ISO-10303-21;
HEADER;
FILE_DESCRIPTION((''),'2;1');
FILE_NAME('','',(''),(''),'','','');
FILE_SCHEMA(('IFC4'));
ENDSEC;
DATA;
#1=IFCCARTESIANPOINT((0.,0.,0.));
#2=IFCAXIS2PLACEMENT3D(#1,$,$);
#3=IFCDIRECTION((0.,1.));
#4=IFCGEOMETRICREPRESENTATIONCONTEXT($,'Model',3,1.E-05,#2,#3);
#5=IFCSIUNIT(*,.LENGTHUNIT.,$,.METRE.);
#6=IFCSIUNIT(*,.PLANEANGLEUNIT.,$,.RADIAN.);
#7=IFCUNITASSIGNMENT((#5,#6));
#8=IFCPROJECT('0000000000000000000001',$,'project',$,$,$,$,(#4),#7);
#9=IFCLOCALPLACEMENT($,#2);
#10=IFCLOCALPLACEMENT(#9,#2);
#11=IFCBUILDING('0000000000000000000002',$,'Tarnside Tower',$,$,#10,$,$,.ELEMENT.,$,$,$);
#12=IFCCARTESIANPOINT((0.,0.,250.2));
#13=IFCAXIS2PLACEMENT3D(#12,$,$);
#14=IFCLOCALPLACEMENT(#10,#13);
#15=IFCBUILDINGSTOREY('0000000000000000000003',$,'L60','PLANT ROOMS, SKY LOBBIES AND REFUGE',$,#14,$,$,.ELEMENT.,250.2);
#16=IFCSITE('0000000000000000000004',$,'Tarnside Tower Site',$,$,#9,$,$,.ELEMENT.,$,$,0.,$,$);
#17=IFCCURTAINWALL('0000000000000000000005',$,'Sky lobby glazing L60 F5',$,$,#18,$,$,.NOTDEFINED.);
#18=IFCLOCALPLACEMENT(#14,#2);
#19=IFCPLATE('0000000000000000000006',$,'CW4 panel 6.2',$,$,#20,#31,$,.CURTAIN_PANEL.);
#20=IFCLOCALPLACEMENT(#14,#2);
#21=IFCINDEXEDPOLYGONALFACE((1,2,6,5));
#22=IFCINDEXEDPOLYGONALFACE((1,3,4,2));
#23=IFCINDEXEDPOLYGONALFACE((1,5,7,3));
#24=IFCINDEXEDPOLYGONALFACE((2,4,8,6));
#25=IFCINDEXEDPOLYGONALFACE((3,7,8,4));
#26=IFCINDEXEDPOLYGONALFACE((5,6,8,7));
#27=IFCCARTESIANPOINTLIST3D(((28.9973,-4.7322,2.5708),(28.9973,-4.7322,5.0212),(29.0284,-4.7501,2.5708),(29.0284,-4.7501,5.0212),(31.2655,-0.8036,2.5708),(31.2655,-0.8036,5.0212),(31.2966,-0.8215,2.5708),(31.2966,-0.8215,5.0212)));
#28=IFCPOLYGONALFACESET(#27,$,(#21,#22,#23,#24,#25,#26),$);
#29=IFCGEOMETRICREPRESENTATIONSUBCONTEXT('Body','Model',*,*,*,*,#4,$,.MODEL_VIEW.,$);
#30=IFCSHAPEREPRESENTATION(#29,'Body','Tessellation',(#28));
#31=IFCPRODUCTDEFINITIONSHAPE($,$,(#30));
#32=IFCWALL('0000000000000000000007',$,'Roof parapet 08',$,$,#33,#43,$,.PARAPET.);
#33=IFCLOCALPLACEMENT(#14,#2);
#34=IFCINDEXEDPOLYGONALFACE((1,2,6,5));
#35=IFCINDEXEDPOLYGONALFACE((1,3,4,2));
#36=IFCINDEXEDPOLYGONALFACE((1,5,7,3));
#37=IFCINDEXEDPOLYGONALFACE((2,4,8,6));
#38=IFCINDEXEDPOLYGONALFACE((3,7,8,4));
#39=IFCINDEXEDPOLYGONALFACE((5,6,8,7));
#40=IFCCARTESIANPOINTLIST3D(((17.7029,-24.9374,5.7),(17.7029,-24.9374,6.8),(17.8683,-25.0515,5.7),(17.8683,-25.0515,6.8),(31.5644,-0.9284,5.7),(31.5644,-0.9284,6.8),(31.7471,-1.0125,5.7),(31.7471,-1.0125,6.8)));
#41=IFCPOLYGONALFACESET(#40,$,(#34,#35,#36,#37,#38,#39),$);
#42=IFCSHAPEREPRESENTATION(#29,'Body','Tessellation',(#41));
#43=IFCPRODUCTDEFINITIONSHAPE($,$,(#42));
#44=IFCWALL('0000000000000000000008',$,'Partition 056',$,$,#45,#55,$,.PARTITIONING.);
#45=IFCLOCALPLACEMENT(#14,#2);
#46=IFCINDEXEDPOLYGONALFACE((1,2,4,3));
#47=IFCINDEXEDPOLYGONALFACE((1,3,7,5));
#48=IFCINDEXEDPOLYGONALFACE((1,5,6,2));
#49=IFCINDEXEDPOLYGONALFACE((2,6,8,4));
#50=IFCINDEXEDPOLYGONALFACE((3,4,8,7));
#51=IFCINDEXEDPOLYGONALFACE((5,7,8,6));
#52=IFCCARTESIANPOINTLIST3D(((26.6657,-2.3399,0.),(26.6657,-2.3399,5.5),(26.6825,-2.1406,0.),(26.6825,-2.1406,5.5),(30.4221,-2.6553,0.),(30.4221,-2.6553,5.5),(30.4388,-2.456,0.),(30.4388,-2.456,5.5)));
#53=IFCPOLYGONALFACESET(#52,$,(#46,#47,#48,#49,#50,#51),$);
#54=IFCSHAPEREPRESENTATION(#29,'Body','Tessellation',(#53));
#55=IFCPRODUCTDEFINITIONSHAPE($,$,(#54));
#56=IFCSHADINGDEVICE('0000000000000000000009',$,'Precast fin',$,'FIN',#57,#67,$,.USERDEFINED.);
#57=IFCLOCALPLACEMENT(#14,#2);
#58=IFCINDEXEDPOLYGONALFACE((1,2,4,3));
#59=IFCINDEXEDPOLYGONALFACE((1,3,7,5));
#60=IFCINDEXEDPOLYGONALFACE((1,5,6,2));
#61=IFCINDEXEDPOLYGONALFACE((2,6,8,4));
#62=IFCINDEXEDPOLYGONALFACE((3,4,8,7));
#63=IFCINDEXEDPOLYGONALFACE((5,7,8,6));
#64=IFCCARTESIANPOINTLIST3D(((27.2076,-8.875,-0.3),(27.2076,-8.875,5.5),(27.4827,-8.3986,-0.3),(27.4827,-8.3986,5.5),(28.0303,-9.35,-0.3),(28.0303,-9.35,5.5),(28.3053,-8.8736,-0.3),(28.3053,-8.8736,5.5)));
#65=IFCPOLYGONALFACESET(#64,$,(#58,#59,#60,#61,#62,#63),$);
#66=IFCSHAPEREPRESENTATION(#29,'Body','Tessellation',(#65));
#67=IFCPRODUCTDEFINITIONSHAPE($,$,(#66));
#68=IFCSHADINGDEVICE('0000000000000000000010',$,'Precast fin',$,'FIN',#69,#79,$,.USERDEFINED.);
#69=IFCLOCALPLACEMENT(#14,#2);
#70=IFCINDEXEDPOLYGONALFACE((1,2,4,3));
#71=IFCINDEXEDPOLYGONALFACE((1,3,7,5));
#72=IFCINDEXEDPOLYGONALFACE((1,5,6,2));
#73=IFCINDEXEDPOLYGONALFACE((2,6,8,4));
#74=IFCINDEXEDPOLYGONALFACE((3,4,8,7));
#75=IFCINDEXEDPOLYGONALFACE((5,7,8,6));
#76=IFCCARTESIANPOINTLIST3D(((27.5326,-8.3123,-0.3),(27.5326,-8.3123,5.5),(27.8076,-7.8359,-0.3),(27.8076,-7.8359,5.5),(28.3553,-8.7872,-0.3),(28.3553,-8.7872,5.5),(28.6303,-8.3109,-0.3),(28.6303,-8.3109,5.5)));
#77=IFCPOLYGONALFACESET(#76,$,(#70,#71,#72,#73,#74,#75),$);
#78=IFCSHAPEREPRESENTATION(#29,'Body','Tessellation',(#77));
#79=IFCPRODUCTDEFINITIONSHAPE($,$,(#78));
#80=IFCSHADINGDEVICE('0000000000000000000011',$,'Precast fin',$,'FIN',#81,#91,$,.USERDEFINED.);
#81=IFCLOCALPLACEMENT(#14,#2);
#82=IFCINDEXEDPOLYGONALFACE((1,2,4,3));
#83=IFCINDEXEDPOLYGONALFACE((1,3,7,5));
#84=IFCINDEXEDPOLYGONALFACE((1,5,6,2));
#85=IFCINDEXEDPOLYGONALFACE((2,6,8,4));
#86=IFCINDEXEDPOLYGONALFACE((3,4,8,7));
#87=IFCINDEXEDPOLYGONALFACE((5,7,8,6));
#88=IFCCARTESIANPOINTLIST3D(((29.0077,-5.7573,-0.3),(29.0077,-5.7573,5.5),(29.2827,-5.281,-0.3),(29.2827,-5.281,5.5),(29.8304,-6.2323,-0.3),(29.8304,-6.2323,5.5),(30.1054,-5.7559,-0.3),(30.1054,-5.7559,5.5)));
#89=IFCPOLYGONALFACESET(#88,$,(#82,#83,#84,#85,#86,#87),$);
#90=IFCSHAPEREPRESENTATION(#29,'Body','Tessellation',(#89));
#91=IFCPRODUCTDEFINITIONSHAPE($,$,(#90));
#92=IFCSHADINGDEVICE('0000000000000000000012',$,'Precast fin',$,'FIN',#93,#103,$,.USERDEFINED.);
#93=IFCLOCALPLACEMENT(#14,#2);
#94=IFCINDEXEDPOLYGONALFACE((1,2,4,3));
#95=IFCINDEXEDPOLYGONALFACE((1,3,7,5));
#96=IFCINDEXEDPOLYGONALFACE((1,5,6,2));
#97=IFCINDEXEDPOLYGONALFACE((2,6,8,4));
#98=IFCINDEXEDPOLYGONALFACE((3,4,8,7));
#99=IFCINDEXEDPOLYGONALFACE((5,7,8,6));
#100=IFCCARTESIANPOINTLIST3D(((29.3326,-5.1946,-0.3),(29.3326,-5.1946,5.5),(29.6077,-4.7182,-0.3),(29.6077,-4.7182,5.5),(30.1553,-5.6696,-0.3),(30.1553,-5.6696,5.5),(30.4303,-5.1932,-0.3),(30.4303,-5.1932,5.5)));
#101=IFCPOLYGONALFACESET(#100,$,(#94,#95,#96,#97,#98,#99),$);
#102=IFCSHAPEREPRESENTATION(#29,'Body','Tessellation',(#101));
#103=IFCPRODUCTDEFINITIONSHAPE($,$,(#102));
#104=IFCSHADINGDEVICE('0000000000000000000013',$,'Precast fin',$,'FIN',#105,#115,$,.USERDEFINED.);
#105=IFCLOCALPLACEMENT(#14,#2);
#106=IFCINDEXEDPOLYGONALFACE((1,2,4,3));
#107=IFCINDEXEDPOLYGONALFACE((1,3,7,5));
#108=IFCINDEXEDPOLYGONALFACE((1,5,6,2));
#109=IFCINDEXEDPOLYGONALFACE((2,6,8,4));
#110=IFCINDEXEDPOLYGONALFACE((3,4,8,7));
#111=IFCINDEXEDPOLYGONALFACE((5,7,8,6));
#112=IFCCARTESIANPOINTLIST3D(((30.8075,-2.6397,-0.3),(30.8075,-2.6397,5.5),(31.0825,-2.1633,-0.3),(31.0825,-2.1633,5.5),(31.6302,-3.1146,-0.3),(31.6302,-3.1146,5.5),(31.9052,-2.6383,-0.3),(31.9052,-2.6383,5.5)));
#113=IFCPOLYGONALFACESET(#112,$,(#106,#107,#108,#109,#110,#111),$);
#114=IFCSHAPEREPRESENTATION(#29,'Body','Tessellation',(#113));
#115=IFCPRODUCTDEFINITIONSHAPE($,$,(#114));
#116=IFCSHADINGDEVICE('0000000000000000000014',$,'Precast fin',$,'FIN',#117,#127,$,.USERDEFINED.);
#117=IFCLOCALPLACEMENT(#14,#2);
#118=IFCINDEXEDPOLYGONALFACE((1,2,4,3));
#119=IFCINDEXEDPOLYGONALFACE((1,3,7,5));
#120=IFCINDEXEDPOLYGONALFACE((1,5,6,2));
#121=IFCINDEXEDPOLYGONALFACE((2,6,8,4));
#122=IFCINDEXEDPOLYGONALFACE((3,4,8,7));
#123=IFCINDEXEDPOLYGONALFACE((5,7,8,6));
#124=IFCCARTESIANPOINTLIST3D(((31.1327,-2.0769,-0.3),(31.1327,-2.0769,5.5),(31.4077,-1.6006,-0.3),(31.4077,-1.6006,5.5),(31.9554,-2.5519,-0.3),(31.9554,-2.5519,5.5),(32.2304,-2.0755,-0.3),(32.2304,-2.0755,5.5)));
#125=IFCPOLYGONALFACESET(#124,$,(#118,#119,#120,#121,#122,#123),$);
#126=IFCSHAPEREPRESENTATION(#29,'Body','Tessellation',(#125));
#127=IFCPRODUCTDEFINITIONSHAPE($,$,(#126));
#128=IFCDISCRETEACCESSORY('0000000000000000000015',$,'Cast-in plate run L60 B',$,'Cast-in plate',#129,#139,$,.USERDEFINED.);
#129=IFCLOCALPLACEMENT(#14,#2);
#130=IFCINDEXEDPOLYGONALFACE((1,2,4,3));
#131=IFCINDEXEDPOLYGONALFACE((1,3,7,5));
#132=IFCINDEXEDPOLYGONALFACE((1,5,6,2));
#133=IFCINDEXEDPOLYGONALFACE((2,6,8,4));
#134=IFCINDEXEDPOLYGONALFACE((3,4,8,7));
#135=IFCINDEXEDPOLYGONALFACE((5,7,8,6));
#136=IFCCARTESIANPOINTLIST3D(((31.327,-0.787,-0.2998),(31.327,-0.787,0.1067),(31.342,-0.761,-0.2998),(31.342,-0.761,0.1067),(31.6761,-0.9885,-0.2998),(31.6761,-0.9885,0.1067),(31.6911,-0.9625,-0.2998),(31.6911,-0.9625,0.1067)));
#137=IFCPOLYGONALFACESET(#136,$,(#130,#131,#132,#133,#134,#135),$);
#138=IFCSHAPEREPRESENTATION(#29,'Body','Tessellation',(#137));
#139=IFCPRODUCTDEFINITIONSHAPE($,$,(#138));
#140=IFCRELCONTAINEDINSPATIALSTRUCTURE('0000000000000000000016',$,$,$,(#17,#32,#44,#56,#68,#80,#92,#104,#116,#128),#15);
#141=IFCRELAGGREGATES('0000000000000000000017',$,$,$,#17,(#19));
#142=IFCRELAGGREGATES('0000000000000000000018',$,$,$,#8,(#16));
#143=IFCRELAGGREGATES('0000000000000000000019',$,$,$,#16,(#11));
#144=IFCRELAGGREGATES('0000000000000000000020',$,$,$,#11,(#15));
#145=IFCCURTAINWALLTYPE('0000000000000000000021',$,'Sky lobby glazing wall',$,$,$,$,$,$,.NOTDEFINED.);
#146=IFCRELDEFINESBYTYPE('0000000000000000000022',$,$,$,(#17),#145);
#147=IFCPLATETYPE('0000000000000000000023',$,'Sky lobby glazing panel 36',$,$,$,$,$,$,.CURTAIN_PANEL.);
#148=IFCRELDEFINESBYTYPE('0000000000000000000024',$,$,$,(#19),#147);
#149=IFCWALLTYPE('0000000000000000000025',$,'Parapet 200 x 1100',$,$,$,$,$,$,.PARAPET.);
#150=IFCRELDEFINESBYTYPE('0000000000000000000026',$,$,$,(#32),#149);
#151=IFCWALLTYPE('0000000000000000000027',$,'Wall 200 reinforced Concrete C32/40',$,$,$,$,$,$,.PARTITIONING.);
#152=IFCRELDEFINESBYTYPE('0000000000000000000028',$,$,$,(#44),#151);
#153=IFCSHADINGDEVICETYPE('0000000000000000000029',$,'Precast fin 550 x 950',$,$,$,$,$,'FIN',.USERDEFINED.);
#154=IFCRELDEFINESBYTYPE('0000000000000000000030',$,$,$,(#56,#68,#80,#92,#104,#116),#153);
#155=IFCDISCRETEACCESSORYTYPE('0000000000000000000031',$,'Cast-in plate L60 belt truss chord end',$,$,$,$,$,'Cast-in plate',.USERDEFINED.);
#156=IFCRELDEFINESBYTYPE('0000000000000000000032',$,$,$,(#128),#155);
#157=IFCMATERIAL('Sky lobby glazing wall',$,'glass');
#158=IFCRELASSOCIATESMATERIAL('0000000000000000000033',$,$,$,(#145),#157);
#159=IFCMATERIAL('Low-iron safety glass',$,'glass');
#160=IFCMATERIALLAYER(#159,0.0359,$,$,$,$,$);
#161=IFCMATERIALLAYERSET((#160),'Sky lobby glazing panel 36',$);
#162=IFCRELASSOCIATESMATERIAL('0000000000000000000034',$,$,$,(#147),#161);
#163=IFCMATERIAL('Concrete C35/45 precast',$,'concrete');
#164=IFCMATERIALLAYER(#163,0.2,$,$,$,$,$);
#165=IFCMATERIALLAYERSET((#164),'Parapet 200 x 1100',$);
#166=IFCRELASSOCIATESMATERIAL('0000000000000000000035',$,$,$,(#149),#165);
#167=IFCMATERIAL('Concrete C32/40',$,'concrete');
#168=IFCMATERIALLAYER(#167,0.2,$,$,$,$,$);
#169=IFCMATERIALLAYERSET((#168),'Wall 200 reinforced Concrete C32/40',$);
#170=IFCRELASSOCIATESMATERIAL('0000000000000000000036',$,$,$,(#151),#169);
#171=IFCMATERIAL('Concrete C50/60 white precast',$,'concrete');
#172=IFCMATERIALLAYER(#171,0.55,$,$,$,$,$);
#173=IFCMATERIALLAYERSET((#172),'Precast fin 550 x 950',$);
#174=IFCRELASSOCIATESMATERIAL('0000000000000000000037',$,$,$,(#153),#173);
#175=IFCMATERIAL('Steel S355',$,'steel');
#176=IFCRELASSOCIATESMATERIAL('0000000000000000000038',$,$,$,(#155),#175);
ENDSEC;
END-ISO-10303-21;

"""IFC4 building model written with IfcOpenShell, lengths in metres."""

from ifc_helpers import new_model, si_unit, direction, frame, frame_2d, origin, origin_2d, place, context, subcontext, project, spatial, polyline, rectangle, outline, extrude, material, layer, layer_set, type_object, element, aggregate, save


model = new_model("IFC4")

# Units and contexts
model_context = context("Model", 3, precision=1e-05, world=origin(), true_north=direction((0.0, 1.0)))
body_context = subcontext(model_context, "Body", "Model", "MODEL_VIEW")
ifc_project = project(units=[si_unit("LENGTHUNIT", "METRE"), si_unit("PLANEANGLEUNIT", "RADIAN")], contexts=[model_context])

# Site, building, storey
site_placement = place(None, origin())
site = spatial("IfcSite", under=ifc_project, at=site_placement, Name="Tarnside Tower Site", CompositionType="ELEMENT", RefElevation=0.0)
building_placement = place(site_placement, origin())
building = spatial("IfcBuilding", under=site, at=building_placement, Name="Tarnside Tower", CompositionType="ELEMENT")
storey_placement = place(building_placement, frame((0.0, 0.0, 250.2)))
storey = spatial("IfcBuildingStorey", under=building, at=storey_placement, Name="L60", Description="PLANT ROOMS, SKY LOBBIES AND REFUGE", CompositionType="ELEMENT", Elevation=250.2)

# Shared definitions
ifc_material_1 = material(Name="Steel S355", Category="steel")

# Curtain wall
ifc_material_2 = material(Name="Sky lobby glazing wall", Category="glass")
curtain_wall_type = type_object("IfcCurtainWallType", Name="Sky lobby glazing wall", PredefinedType="NOTDEFINED", material=ifc_material_2)
curtain_wall_placement = place(storey_placement, origin())
curtain_wall = element("IfcCurtainWall", 1, at=curtain_wall_placement, inside=storey, type_object=curtain_wall_type, Name="Sky lobby glazing L60 F5", PredefinedType="NOTDEFINED")

# Plate
ifc_material_3 = material(Name="Low-iron safety glass", Category="glass")
ifc_layer_1 = layer(ifc_material_3, 0.0359)
ifc_layer_set_1 = layer_set([ifc_layer_1], Name="Sky lobby glazing panel 36")
plate_type = type_object("IfcPlateType", Name="Sky lobby glazing panel 36", PredefinedType="CURTAIN_PANEL", material=ifc_layer_set_1)
plate_1_placement = place(storey_placement, frame((30.147, -2.7769, 2.5708), z_axis=(0.0, 0.0, 1.0), x_axis=(0.5, 0.866025, 0.0)))
plate_1 = element("IfcPlate", 2, at=plate_1_placement, type_object=plate_type, Name="CW4 panel 6.2", PredefinedType="CURTAIN_PANEL", context=body_context, shape_type="SweptSolid", body=[
    extrude(rectangle(XDim=4.5364, YDim=0.0359, at=origin_2d()), origin(), (0.0, 0.0, 1.0), 2.4504),
])
aggregate(curtain_wall, [plate_1])

# Walls
ifc_material_4 = material(Name="Concrete C35/45 precast", Category="concrete")
ifc_layer_2 = layer(ifc_material_4, 0.2)
ifc_layer_set_2 = layer_set([ifc_layer_2], Name="Parapet 200 x 1100")
wall_type_1 = type_object("IfcWallType", Name="Parapet 200 x 1100", PredefinedType="PARAPET", material=ifc_layer_set_2)
wall_1_placement = place(storey_placement, frame((31.6558, -0.9705, 5.7), z_axis=(0.0, 0.0, 1.0), x_axis=(-0.499997, -0.866027, 0.0)))
element("IfcWall", 3, at=wall_1_placement, inside=storey, type_object=wall_type_1, Name="Roof parapet 08", PredefinedType="PARAPET", context=body_context, shape_type="SweptSolid", body=[
    extrude(outline(polyline([(0.0093, -0.1001), (27.7324, -0.1001), (27.7485, 0.1001), (-0.0093, 0.1001), (0.0093, -0.1001)])), origin(), (0.0, 0.0, 1.0), 1.1001),
])
ifc_material_5 = material(Name="Concrete C32/40", Category="concrete")
ifc_layer_3 = layer(ifc_material_5, 0.2)
ifc_layer_set_3 = layer_set([ifc_layer_3], Name="Wall 200 reinforced Concrete C32/40")
wall_type_2 = type_object("IfcWallType", Name="Wall 200 reinforced Concrete C32/40", PredefinedType="PARTITIONING", material=ifc_layer_set_3)
wall_2_placement = place(storey_placement, frame((30.4304, -2.5557, 0.0), z_axis=(0.0, 0.0, 1.0), x_axis=(-0.996493, 0.083678, 0.0)))
element("IfcWall", 4, at=wall_2_placement, inside=storey, type_object=wall_type_2, Name="Partition 056", PredefinedType="PARTITIONING", context=body_context, shape_type="SweptSolid", body=[
    extrude(rectangle(XDim=3.7695, YDim=0.2, at=frame_2d((1.8848, 0.0))), origin(), (0.0, 0.0, 1.0), 5.5),
])

# Shading devices
ifc_material_6 = material(Name="Concrete C50/60 white precast", Category="concrete")
ifc_layer_4 = layer(ifc_material_6, 0.55)
ifc_layer_set_4 = layer_set([ifc_layer_4], Name="Precast fin 550 x 950")
shading_device_type = type_object("IfcShadingDeviceType", Name="Precast fin 550 x 950", ElementType="FIN", PredefinedType="USERDEFINED", material=ifc_layer_set_4)
for number, where, z_axis, x_axis, name in (
    (5, (27.3452, -8.6367, -0.3), (-0.5, -0.866025, 0.0), (0.866025, -0.5, 0.0), "Precast fin"),
    (6, (27.6702, -8.074, -0.3), (-0.5, -0.866025, 0.0), (0.866025, -0.5, 0.0), "Precast fin"),
    (7, (29.1453, -5.519, -0.3), (-0.5, -0.866025, 0.0), (0.866025, -0.5, 0.0), "Precast fin"),
    (8, (29.4702, -4.9563, -0.3), (-0.5, -0.866025, 0.0), (0.866025, -0.5, 0.0), "Precast fin"),
    (9, (30.9451, -2.4014, -0.3), (-0.5, -0.866025, 0.0), (0.866025, -0.5, 0.0), "Precast fin"),
    (10, (31.2703, -1.8386, -0.3), (-0.5, -0.866025, 0.0), (0.866025, -0.5, 0.0), "Precast fin"),
):
    element("IfcShadingDevice", number, at=place(storey_placement, frame(where, z_axis=z_axis, x_axis=x_axis)), inside=storey, type_object=shading_device_type, Name=name, ObjectType="FIN", PredefinedType="USERDEFINED", context=body_context, shape_type="SweptSolid", body=[
        extrude(outline(polyline([(0.0, 0.0), (0.95, 0.0), (0.95, 5.8), (0.0, 5.8), (0.0, 0.0)])), frame((0.0, 0.0, -0.2749)), (0.0, 0.0, 1.0), 0.55),
    ])

# Discrete accessory
discrete_accessory_type = type_object("IfcDiscreteAccessoryType", Name="Cast-in plate L60 belt truss chord end", ElementType="Cast-in plate", PredefinedType="USERDEFINED", material=ifc_material_1)
discrete_accessory_placement = place(storey_placement, frame((31.509, -0.8748, -0.2998), z_axis=(0.0, 0.0, 1.0), x_axis=(0.5, 0.866025, 0.0)))
element("IfcDiscreteAccessory", 11, at=discrete_accessory_placement, inside=storey, type_object=discrete_accessory_type, Name="Cast-in plate run L60 B", ObjectType="Cast-in plate", PredefinedType="USERDEFINED", context=body_context, shape_type="SweptSolid", body=[
    extrude(rectangle(XDim=0.03, YDim=0.4031, at=origin_2d()), origin(), (0.0, 0.0, 1.0), 0.4065),
])

save(model, "model.ifc")
